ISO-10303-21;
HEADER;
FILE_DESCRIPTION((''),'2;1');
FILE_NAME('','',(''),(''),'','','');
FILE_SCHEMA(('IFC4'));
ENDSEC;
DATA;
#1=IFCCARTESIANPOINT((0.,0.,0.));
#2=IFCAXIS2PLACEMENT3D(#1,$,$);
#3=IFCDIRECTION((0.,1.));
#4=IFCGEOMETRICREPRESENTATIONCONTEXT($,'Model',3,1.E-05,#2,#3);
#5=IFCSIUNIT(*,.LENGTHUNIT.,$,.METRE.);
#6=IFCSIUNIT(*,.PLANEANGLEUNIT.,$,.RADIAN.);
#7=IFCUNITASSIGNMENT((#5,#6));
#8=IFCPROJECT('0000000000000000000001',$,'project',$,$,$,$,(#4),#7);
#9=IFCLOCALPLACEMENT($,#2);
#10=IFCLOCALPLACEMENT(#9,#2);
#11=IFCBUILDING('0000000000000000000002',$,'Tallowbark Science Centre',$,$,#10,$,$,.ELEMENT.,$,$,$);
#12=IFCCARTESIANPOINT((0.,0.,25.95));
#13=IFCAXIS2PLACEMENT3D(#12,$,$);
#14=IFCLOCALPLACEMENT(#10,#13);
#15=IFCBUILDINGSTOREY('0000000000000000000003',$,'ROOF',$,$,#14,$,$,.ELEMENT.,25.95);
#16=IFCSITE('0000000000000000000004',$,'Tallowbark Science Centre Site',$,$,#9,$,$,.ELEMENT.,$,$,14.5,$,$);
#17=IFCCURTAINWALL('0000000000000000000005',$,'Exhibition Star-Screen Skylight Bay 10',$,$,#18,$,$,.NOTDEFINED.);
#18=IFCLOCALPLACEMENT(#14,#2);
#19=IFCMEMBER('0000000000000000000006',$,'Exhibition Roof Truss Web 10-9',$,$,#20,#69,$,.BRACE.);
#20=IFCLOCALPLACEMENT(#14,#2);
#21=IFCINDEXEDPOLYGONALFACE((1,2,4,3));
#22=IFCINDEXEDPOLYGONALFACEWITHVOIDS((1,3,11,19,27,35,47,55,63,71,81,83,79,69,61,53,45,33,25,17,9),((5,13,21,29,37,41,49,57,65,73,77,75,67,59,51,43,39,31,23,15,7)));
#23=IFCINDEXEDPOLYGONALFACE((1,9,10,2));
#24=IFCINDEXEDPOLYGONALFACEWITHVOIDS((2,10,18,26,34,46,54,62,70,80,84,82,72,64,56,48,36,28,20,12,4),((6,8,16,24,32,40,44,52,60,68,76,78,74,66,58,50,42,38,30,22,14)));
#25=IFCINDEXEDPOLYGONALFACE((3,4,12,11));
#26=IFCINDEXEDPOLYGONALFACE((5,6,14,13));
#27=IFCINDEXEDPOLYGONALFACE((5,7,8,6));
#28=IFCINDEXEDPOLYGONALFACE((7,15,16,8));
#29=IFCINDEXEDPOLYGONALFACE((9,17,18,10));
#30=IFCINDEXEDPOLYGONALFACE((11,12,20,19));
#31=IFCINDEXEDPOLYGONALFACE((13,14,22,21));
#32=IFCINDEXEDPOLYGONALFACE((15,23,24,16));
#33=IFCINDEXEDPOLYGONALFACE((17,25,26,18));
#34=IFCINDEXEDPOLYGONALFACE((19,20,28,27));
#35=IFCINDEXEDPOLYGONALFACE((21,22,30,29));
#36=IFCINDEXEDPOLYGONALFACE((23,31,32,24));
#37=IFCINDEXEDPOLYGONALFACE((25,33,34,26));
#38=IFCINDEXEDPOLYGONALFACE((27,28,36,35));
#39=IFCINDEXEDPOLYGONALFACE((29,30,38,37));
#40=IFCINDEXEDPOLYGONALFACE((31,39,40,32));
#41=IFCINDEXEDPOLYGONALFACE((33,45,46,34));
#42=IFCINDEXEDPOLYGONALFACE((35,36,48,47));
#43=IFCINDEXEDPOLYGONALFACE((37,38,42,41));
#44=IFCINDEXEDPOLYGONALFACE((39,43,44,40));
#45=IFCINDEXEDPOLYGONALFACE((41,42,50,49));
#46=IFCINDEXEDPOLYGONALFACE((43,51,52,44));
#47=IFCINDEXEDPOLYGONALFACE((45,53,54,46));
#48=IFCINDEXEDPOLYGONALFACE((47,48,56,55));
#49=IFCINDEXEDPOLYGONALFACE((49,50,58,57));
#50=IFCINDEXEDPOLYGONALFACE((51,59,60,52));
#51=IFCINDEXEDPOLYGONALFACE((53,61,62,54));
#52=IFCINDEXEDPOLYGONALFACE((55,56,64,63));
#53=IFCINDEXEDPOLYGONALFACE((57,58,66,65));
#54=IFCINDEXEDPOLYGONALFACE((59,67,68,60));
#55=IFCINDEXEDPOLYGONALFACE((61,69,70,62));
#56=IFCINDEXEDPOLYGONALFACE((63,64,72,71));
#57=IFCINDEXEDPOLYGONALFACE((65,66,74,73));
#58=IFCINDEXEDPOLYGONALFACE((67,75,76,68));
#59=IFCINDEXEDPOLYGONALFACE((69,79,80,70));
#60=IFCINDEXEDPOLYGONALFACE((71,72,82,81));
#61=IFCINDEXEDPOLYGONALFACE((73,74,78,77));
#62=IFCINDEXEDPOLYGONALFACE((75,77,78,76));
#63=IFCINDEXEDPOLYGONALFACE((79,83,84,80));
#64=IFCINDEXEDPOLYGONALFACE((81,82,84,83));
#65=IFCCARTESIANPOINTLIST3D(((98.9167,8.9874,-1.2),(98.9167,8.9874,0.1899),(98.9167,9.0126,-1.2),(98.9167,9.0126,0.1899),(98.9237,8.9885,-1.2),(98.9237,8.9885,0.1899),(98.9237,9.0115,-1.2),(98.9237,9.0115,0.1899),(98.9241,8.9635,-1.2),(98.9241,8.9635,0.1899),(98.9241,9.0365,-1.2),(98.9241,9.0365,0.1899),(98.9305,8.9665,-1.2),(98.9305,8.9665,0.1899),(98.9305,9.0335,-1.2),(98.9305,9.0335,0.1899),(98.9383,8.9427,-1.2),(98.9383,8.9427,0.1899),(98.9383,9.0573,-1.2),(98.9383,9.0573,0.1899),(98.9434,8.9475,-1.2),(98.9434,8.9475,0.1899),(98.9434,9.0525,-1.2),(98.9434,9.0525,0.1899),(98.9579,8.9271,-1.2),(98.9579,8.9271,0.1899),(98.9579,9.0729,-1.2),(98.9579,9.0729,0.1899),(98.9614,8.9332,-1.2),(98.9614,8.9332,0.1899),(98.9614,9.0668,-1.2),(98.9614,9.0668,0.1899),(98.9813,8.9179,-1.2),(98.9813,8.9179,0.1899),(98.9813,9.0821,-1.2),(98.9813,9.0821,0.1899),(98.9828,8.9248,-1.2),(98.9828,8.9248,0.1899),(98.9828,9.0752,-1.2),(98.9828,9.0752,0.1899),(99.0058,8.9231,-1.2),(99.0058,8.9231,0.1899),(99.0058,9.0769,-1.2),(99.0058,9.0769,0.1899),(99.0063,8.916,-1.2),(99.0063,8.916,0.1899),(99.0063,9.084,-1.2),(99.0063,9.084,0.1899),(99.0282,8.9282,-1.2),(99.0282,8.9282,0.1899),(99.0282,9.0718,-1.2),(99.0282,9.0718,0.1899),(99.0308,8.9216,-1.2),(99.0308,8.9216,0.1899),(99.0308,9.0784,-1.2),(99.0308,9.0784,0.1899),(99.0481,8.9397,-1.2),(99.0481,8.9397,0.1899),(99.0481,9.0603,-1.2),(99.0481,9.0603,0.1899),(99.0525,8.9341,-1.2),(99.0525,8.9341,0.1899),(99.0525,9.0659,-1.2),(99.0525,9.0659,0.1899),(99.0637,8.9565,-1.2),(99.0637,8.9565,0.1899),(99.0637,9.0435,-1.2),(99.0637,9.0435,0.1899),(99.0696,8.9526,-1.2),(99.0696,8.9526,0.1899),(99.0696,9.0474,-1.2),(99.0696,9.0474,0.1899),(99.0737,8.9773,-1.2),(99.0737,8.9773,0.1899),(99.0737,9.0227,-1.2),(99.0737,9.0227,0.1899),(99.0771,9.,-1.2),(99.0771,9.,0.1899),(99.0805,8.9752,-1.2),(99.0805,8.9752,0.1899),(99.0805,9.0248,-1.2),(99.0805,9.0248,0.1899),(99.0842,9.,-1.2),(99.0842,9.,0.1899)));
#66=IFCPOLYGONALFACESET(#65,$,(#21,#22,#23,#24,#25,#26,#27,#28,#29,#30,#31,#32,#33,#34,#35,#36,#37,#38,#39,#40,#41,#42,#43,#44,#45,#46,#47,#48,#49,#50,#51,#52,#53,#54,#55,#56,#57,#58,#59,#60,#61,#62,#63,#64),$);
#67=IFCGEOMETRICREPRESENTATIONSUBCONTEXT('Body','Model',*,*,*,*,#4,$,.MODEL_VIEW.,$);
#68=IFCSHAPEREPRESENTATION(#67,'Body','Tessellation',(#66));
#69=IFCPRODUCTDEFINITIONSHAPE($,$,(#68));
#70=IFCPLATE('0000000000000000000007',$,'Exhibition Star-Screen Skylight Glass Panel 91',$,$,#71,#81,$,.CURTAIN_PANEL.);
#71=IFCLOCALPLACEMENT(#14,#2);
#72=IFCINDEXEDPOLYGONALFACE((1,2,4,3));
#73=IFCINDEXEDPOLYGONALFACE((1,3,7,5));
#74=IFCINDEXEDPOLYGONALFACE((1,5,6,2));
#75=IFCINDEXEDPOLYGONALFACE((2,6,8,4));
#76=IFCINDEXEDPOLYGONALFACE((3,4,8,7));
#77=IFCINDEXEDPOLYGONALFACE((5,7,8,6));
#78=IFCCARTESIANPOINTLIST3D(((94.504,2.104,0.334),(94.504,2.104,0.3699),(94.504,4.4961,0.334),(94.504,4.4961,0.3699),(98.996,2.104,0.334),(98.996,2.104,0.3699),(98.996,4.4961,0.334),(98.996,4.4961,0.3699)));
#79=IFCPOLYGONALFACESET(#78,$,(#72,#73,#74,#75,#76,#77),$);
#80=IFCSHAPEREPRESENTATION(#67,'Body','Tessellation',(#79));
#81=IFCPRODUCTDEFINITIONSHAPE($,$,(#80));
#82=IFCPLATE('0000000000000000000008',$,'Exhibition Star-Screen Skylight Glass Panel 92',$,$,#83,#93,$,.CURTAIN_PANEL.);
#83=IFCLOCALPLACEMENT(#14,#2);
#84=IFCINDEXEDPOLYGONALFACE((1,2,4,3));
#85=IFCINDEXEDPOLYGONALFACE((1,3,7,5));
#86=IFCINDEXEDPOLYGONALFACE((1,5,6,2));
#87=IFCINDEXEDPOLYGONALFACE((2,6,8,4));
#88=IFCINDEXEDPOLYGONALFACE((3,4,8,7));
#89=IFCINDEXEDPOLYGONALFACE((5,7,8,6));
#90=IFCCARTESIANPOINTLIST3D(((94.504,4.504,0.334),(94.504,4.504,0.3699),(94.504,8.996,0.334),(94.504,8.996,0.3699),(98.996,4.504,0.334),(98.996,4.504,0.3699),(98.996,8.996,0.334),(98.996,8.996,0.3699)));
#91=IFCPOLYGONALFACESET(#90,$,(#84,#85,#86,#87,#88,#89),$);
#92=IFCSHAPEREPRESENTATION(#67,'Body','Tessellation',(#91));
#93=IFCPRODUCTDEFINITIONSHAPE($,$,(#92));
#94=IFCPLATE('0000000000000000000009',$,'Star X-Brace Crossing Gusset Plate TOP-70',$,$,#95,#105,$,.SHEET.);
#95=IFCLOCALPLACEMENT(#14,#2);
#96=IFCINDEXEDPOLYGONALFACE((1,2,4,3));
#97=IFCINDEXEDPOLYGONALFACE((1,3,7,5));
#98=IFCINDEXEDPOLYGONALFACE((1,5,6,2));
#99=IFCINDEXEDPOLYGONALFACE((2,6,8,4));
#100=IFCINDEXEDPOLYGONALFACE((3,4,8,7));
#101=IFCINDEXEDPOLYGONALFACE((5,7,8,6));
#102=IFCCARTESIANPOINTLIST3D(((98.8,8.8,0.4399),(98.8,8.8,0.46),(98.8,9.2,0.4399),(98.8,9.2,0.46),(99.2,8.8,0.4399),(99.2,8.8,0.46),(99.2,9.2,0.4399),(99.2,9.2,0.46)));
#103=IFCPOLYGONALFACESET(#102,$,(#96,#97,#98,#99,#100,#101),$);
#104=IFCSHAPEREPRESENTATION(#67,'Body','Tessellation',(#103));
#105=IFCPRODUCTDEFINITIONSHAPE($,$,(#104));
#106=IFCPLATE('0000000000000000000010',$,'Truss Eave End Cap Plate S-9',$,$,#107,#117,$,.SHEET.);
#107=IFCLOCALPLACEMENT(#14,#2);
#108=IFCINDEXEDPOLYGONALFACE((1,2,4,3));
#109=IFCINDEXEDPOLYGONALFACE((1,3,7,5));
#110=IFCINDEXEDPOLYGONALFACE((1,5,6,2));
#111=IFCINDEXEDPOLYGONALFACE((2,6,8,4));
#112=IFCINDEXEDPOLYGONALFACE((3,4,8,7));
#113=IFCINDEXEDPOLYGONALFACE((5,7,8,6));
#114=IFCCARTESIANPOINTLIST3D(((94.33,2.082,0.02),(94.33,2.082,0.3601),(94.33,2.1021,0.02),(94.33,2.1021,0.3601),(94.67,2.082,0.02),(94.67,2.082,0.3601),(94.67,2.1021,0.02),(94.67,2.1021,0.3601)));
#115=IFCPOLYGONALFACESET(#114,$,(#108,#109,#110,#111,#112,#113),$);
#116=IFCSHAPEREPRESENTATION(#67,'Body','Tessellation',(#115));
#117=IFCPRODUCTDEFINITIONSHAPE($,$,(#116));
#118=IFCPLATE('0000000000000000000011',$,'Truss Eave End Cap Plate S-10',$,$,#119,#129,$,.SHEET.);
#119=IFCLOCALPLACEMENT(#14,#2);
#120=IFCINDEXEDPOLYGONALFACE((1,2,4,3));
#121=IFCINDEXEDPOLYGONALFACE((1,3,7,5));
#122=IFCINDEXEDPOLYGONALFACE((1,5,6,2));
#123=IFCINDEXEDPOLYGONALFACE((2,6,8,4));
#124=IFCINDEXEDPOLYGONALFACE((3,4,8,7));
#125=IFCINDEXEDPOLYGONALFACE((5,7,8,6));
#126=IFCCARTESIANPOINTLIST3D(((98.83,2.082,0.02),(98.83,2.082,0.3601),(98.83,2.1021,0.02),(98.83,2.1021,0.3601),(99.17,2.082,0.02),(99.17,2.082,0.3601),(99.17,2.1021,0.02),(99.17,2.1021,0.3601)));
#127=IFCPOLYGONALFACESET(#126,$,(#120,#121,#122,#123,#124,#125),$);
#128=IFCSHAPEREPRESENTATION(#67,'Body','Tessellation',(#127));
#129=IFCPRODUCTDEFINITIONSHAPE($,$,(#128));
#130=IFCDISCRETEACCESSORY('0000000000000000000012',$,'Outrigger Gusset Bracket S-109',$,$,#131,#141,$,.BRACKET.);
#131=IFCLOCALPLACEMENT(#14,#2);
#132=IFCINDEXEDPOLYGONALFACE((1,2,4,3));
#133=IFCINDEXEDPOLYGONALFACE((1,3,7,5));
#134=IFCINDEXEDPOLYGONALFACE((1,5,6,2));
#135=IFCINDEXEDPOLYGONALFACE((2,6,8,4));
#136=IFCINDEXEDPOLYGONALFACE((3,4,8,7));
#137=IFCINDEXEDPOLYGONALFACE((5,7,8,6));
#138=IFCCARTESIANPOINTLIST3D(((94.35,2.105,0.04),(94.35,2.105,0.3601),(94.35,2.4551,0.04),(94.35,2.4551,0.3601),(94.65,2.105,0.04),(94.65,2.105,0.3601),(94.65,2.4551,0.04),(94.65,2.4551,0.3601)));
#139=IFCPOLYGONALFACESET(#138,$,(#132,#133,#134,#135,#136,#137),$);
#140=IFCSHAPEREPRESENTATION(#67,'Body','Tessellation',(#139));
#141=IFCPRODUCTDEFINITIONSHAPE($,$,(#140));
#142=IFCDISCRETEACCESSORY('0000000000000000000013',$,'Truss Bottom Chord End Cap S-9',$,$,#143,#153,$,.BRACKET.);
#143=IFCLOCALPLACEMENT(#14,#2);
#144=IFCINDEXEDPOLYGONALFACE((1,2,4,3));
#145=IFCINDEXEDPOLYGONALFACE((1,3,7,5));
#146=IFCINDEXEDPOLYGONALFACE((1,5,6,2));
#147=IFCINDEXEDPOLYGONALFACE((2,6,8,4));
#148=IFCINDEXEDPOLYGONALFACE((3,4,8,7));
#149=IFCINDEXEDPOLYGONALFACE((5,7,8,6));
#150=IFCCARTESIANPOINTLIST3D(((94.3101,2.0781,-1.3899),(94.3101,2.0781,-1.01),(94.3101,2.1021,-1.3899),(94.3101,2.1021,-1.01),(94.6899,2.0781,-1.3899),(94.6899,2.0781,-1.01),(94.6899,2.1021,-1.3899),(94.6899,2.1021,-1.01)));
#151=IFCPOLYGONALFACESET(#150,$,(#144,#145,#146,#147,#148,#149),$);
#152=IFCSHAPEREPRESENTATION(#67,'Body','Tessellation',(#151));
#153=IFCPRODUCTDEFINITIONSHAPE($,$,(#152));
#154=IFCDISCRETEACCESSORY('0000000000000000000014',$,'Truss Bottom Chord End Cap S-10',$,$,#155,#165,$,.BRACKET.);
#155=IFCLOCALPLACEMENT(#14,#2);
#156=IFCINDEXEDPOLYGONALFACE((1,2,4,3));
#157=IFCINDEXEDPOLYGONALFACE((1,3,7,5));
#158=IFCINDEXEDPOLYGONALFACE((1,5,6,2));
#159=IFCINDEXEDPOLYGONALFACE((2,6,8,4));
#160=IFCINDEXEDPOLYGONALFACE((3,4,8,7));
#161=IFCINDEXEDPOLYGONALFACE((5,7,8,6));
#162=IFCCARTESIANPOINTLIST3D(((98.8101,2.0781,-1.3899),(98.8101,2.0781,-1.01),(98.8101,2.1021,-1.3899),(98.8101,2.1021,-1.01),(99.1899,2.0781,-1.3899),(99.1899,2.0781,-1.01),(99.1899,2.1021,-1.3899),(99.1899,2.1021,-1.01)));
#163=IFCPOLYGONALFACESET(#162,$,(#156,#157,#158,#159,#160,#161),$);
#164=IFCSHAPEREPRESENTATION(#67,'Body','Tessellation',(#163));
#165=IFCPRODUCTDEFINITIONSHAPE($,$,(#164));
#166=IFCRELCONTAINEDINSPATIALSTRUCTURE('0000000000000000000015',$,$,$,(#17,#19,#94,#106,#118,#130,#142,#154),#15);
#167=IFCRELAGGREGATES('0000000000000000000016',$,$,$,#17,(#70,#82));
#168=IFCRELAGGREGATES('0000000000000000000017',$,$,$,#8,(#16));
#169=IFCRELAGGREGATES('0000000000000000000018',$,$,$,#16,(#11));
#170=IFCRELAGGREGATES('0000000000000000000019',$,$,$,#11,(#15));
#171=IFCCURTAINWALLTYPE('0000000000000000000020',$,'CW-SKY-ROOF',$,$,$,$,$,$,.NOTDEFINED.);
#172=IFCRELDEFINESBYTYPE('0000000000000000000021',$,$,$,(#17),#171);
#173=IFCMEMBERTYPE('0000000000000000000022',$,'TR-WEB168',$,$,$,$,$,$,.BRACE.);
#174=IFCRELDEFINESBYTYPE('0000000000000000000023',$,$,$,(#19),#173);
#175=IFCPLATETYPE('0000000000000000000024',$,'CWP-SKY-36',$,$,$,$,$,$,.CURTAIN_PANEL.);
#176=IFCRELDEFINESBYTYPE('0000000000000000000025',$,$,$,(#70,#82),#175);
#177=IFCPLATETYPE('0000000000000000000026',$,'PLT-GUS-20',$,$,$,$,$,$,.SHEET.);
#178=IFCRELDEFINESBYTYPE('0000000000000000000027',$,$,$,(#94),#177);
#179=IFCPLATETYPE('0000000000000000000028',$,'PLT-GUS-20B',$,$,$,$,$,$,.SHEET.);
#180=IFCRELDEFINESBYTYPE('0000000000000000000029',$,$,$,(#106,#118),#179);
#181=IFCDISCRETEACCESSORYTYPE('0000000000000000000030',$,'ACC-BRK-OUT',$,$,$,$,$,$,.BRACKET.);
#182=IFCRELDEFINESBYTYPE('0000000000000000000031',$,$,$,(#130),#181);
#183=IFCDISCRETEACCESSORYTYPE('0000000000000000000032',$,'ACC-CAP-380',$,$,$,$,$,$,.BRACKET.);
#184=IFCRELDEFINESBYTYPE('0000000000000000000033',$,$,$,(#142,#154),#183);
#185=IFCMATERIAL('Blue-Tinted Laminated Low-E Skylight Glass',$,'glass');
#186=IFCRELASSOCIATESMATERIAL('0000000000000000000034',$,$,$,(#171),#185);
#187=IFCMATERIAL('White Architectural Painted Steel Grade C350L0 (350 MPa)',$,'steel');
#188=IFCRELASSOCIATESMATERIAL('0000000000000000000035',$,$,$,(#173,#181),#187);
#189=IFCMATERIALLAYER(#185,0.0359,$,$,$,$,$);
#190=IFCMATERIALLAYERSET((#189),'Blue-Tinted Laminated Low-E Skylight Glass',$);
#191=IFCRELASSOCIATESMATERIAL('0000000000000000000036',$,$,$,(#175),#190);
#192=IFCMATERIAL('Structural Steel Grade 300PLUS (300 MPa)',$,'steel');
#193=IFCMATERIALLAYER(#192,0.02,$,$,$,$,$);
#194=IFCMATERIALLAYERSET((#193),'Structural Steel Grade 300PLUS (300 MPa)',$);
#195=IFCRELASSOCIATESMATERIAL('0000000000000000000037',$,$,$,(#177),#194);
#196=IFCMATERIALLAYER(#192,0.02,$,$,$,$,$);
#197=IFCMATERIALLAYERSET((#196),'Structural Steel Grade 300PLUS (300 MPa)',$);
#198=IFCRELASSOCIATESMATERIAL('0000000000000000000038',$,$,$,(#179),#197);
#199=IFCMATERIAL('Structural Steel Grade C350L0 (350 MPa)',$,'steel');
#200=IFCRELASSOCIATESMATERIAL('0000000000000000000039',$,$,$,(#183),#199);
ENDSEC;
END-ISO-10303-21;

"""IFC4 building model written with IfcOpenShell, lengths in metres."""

from ifc_helpers import new_model, si_unit, direction, frame, origin, origin_2d, place, context, subcontext, project, spatial, rectangle, hollow_circle, extrude, material, layer, layer_set, material_profile, profile_set, type_object, element, aggregate, save


model = new_model("IFC4")

# Units and contexts
model_context = context("Model", 3, precision=1e-05, world=origin(), true_north=direction((0.0, 1.0)))
body_context = subcontext(model_context, "Body", "Model", "MODEL_VIEW")
ifc_project = project(units=[si_unit("LENGTHUNIT", "METRE"), si_unit("PLANEANGLEUNIT", "RADIAN")], contexts=[model_context])

# Site, building, storey
site_placement = place(None, origin())
site = spatial("IfcSite", under=ifc_project, at=site_placement, Name="Tallowbark Science Centre Site", CompositionType="ELEMENT", RefElevation=14.5)
building_placement = place(site_placement, origin())
building = spatial("IfcBuilding", under=site, at=building_placement, Name="Tallowbark Science Centre", CompositionType="ELEMENT")
storey_placement = place(building_placement, frame((0.0, 0.0, 25.95)))
storey = spatial("IfcBuildingStorey", under=building, at=storey_placement, Name="ROOF", CompositionType="ELEMENT", Elevation=25.95)

# Shared definitions
ifc_material_1 = material(Name="White Architectural Painted Steel Grade C350L0 (350 MPa)", Category="steel")

# Shared definitions
ifc_material_2 = material(Name="Blue-Tinted Laminated Low-E Skylight Glass", Category="glass")
curtain_wall_type = type_object("IfcCurtainWallType", Name="CW-SKY-ROOF", PredefinedType="NOTDEFINED", material=ifc_material_2)

# Curtain wall
curtain_wall_1_placement = place(storey_placement, origin())
curtain_wall_1 = element("IfcCurtainWall", 1, at=curtain_wall_1_placement, inside=storey, type_object=curtain_wall_type, Name="Exhibition Star-Screen Skylight Bay 10", PredefinedType="NOTDEFINED")

# Member
ifc_material_profile_1 = material_profile(ifc_material_1, hollow_circle(Radius=0.0842, WallThickness=0.0071, at=origin_2d()), Name="168.3x7.1CHS")
ifc_profile_set_1 = profile_set([ifc_material_profile_1], Name="White Architectural Painted Steel Grade C350L0 (350 MPa)")
member_type_1 = type_object("IfcMemberType", Name="TR-WEB168", PredefinedType="BRACE", material=ifc_profile_set_1)
for number, where, z_axis, x_axis, name in (
    (2, (99.0, 9.0, -1.2), (0.0, 0.0, 1.0), (1.0, 0.0, 0.0), "Exhibition Roof Truss Web 10-9"),
):
    element("IfcMember", number, at=place(storey_placement, frame(where, z_axis=z_axis, x_axis=x_axis)), inside=storey, type_object=member_type_1, Name=name, PredefinedType="BRACE", context=body_context, shape_type="SweptSolid", body=[
        extrude(hollow_circle(Radius=0.0842, WallThickness=0.0071, at=origin_2d()), origin(), (0.0, 0.0, 1.0), 1.3899),
    ])

# Plates
ifc_layer_1 = layer(ifc_material_2, 0.0359)
ifc_layer_set_1 = layer_set([ifc_layer_1], Name="Blue-Tinted Laminated Low-E Skylight Glass")
plate_type_1 = type_object("IfcPlateType", Name="CWP-SKY-36", PredefinedType="CURTAIN_PANEL", material=ifc_layer_set_1)
plate_1_placement = place(storey_placement, frame((96.75, 3.3, 0.334), z_axis=(0.0, 0.0, 1.0), x_axis=(1.0, 0.0, 0.0)))
plate_1 = element("IfcPlate", 3, at=plate_1_placement, type_object=plate_type_1, Name="Exhibition Star-Screen Skylight Glass Panel 91", PredefinedType="CURTAIN_PANEL", context=body_context, shape_type="SweptSolid", body=[
    extrude(rectangle(XDim=4.4919, YDim=2.3921, at=origin_2d()), origin(), (0.0, 0.0, 1.0), 0.0359),
])
plate_2_placement = place(storey_placement, frame((96.75, 6.75, 0.334), z_axis=(0.0, 0.0, 1.0), x_axis=(1.0, 0.0, 0.0)))
plate_2 = element("IfcPlate", 4, at=plate_2_placement, type_object=plate_type_1, Name="Exhibition Star-Screen Skylight Glass Panel 92", PredefinedType="CURTAIN_PANEL", context=body_context, shape_type="SweptSolid", body=[
    extrude(rectangle(XDim=4.4919, YDim=4.4919, at=origin_2d()), origin(), (0.0, 0.0, 1.0), 0.0359),
])
aggregate(curtain_wall_1, [plate_1, plate_2])

# Plates
ifc_material_3 = material(Name="Structural Steel Grade 300PLUS (300 MPa)", Category="steel")
ifc_layer_2 = layer(ifc_material_3, 0.02)
ifc_layer_set_2 = layer_set([ifc_layer_2], Name="Structural Steel Grade 300PLUS (300 MPa)")
plate_type_2 = type_object("IfcPlateType", Name="PLT-GUS-20", PredefinedType="SHEET", material=ifc_layer_set_2)
plate_3_placement = place(storey_placement, frame((99.0, 9.0, 0.4399), z_axis=(0.0, 0.0, 1.0), x_axis=(1.0, 0.0, 0.0)))
element("IfcPlate", 5, at=plate_3_placement, inside=storey, type_object=plate_type_2, Name="Star X-Brace Crossing Gusset Plate TOP-70", PredefinedType="SHEET", context=body_context, shape_type="SweptSolid", body=[
    extrude(rectangle(XDim=0.3999, YDim=0.3999, at=origin_2d()), origin(), (0.0, 0.0, 1.0), 0.02),
])
ifc_layer_3 = layer(ifc_material_3, 0.02)
ifc_layer_set_3 = layer_set([ifc_layer_3], Name="Structural Steel Grade 300PLUS (300 MPa)")
plate_type_3 = type_object("IfcPlateType", Name="PLT-GUS-20B", PredefinedType="SHEET", material=ifc_layer_set_3)
for number, where, z_axis, x_axis, name in (
    (6, (94.5, 2.092, 0.02), (0.0, 0.0, 1.0), (1.0, 0.0, 0.0), "Truss Eave End Cap Plate S-9"),
    (7, (99.0, 2.092, 0.02), (0.0, 0.0, 1.0), (1.0, 0.0, 0.0), "Truss Eave End Cap Plate S-10"),
):
    element("IfcPlate", number, at=place(storey_placement, frame(where, z_axis=z_axis, x_axis=x_axis)), inside=storey, type_object=plate_type_3, Name=name, PredefinedType="SHEET", context=body_context, shape_type="SweptSolid", body=[
        extrude(rectangle(XDim=0.3401, YDim=0.02, at=origin_2d()), origin(), (0.0, 0.0, 1.0), 0.3401),
    ])

# Discrete accessories
discrete_accessory_type_1 = type_object("IfcDiscreteAccessoryType", Name="ACC-BRK-OUT", PredefinedType="BRACKET", material=ifc_material_1)
discrete_accessory_placement = place(storey_placement, frame((94.5, 2.28, 0.04), z_axis=(0.0, 0.0, 1.0), x_axis=(1.0, 0.0, 0.0)))
element("IfcDiscreteAccessory", 8, at=discrete_accessory_placement, inside=storey, type_object=discrete_accessory_type_1, Name="Outrigger Gusset Bracket S-109", PredefinedType="BRACKET", context=body_context, shape_type="SweptSolid", body=[
    extrude(rectangle(XDim=0.3, YDim=0.3501, at=origin_2d()), origin(), (0.0, 0.0, 1.0), 0.3201),
])
ifc_material_4 = material(Name="Structural Steel Grade C350L0 (350 MPa)", Category="steel")
discrete_accessory_type_2 = type_object("IfcDiscreteAccessoryType", Name="ACC-CAP-380", PredefinedType="BRACKET", material=ifc_material_4)
for number, where, z_axis, x_axis, name in (
    (9, (94.5, 2.0901, -1.3899), (0.0, 0.0, 1.0), (1.0, 0.0, 0.0), "Truss Bottom Chord End Cap S-9"),
    (10, (99.0, 2.0901, -1.3899), (0.0, 0.0, 1.0), (1.0, 0.0, 0.0), "Truss Bottom Chord End Cap S-10"),
):
    element("IfcDiscreteAccessory", number, at=place(storey_placement, frame(where, z_axis=z_axis, x_axis=x_axis)), inside=storey, type_object=discrete_accessory_type_2, Name=name, PredefinedType="BRACKET", context=body_context, shape_type="SweptSolid", body=[
        extrude(rectangle(XDim=0.3799, YDim=0.0239, at=origin_2d()), origin(), (0.0, 0.0, 1.0), 0.3799),
    ])

save(model, "model.ifc")
